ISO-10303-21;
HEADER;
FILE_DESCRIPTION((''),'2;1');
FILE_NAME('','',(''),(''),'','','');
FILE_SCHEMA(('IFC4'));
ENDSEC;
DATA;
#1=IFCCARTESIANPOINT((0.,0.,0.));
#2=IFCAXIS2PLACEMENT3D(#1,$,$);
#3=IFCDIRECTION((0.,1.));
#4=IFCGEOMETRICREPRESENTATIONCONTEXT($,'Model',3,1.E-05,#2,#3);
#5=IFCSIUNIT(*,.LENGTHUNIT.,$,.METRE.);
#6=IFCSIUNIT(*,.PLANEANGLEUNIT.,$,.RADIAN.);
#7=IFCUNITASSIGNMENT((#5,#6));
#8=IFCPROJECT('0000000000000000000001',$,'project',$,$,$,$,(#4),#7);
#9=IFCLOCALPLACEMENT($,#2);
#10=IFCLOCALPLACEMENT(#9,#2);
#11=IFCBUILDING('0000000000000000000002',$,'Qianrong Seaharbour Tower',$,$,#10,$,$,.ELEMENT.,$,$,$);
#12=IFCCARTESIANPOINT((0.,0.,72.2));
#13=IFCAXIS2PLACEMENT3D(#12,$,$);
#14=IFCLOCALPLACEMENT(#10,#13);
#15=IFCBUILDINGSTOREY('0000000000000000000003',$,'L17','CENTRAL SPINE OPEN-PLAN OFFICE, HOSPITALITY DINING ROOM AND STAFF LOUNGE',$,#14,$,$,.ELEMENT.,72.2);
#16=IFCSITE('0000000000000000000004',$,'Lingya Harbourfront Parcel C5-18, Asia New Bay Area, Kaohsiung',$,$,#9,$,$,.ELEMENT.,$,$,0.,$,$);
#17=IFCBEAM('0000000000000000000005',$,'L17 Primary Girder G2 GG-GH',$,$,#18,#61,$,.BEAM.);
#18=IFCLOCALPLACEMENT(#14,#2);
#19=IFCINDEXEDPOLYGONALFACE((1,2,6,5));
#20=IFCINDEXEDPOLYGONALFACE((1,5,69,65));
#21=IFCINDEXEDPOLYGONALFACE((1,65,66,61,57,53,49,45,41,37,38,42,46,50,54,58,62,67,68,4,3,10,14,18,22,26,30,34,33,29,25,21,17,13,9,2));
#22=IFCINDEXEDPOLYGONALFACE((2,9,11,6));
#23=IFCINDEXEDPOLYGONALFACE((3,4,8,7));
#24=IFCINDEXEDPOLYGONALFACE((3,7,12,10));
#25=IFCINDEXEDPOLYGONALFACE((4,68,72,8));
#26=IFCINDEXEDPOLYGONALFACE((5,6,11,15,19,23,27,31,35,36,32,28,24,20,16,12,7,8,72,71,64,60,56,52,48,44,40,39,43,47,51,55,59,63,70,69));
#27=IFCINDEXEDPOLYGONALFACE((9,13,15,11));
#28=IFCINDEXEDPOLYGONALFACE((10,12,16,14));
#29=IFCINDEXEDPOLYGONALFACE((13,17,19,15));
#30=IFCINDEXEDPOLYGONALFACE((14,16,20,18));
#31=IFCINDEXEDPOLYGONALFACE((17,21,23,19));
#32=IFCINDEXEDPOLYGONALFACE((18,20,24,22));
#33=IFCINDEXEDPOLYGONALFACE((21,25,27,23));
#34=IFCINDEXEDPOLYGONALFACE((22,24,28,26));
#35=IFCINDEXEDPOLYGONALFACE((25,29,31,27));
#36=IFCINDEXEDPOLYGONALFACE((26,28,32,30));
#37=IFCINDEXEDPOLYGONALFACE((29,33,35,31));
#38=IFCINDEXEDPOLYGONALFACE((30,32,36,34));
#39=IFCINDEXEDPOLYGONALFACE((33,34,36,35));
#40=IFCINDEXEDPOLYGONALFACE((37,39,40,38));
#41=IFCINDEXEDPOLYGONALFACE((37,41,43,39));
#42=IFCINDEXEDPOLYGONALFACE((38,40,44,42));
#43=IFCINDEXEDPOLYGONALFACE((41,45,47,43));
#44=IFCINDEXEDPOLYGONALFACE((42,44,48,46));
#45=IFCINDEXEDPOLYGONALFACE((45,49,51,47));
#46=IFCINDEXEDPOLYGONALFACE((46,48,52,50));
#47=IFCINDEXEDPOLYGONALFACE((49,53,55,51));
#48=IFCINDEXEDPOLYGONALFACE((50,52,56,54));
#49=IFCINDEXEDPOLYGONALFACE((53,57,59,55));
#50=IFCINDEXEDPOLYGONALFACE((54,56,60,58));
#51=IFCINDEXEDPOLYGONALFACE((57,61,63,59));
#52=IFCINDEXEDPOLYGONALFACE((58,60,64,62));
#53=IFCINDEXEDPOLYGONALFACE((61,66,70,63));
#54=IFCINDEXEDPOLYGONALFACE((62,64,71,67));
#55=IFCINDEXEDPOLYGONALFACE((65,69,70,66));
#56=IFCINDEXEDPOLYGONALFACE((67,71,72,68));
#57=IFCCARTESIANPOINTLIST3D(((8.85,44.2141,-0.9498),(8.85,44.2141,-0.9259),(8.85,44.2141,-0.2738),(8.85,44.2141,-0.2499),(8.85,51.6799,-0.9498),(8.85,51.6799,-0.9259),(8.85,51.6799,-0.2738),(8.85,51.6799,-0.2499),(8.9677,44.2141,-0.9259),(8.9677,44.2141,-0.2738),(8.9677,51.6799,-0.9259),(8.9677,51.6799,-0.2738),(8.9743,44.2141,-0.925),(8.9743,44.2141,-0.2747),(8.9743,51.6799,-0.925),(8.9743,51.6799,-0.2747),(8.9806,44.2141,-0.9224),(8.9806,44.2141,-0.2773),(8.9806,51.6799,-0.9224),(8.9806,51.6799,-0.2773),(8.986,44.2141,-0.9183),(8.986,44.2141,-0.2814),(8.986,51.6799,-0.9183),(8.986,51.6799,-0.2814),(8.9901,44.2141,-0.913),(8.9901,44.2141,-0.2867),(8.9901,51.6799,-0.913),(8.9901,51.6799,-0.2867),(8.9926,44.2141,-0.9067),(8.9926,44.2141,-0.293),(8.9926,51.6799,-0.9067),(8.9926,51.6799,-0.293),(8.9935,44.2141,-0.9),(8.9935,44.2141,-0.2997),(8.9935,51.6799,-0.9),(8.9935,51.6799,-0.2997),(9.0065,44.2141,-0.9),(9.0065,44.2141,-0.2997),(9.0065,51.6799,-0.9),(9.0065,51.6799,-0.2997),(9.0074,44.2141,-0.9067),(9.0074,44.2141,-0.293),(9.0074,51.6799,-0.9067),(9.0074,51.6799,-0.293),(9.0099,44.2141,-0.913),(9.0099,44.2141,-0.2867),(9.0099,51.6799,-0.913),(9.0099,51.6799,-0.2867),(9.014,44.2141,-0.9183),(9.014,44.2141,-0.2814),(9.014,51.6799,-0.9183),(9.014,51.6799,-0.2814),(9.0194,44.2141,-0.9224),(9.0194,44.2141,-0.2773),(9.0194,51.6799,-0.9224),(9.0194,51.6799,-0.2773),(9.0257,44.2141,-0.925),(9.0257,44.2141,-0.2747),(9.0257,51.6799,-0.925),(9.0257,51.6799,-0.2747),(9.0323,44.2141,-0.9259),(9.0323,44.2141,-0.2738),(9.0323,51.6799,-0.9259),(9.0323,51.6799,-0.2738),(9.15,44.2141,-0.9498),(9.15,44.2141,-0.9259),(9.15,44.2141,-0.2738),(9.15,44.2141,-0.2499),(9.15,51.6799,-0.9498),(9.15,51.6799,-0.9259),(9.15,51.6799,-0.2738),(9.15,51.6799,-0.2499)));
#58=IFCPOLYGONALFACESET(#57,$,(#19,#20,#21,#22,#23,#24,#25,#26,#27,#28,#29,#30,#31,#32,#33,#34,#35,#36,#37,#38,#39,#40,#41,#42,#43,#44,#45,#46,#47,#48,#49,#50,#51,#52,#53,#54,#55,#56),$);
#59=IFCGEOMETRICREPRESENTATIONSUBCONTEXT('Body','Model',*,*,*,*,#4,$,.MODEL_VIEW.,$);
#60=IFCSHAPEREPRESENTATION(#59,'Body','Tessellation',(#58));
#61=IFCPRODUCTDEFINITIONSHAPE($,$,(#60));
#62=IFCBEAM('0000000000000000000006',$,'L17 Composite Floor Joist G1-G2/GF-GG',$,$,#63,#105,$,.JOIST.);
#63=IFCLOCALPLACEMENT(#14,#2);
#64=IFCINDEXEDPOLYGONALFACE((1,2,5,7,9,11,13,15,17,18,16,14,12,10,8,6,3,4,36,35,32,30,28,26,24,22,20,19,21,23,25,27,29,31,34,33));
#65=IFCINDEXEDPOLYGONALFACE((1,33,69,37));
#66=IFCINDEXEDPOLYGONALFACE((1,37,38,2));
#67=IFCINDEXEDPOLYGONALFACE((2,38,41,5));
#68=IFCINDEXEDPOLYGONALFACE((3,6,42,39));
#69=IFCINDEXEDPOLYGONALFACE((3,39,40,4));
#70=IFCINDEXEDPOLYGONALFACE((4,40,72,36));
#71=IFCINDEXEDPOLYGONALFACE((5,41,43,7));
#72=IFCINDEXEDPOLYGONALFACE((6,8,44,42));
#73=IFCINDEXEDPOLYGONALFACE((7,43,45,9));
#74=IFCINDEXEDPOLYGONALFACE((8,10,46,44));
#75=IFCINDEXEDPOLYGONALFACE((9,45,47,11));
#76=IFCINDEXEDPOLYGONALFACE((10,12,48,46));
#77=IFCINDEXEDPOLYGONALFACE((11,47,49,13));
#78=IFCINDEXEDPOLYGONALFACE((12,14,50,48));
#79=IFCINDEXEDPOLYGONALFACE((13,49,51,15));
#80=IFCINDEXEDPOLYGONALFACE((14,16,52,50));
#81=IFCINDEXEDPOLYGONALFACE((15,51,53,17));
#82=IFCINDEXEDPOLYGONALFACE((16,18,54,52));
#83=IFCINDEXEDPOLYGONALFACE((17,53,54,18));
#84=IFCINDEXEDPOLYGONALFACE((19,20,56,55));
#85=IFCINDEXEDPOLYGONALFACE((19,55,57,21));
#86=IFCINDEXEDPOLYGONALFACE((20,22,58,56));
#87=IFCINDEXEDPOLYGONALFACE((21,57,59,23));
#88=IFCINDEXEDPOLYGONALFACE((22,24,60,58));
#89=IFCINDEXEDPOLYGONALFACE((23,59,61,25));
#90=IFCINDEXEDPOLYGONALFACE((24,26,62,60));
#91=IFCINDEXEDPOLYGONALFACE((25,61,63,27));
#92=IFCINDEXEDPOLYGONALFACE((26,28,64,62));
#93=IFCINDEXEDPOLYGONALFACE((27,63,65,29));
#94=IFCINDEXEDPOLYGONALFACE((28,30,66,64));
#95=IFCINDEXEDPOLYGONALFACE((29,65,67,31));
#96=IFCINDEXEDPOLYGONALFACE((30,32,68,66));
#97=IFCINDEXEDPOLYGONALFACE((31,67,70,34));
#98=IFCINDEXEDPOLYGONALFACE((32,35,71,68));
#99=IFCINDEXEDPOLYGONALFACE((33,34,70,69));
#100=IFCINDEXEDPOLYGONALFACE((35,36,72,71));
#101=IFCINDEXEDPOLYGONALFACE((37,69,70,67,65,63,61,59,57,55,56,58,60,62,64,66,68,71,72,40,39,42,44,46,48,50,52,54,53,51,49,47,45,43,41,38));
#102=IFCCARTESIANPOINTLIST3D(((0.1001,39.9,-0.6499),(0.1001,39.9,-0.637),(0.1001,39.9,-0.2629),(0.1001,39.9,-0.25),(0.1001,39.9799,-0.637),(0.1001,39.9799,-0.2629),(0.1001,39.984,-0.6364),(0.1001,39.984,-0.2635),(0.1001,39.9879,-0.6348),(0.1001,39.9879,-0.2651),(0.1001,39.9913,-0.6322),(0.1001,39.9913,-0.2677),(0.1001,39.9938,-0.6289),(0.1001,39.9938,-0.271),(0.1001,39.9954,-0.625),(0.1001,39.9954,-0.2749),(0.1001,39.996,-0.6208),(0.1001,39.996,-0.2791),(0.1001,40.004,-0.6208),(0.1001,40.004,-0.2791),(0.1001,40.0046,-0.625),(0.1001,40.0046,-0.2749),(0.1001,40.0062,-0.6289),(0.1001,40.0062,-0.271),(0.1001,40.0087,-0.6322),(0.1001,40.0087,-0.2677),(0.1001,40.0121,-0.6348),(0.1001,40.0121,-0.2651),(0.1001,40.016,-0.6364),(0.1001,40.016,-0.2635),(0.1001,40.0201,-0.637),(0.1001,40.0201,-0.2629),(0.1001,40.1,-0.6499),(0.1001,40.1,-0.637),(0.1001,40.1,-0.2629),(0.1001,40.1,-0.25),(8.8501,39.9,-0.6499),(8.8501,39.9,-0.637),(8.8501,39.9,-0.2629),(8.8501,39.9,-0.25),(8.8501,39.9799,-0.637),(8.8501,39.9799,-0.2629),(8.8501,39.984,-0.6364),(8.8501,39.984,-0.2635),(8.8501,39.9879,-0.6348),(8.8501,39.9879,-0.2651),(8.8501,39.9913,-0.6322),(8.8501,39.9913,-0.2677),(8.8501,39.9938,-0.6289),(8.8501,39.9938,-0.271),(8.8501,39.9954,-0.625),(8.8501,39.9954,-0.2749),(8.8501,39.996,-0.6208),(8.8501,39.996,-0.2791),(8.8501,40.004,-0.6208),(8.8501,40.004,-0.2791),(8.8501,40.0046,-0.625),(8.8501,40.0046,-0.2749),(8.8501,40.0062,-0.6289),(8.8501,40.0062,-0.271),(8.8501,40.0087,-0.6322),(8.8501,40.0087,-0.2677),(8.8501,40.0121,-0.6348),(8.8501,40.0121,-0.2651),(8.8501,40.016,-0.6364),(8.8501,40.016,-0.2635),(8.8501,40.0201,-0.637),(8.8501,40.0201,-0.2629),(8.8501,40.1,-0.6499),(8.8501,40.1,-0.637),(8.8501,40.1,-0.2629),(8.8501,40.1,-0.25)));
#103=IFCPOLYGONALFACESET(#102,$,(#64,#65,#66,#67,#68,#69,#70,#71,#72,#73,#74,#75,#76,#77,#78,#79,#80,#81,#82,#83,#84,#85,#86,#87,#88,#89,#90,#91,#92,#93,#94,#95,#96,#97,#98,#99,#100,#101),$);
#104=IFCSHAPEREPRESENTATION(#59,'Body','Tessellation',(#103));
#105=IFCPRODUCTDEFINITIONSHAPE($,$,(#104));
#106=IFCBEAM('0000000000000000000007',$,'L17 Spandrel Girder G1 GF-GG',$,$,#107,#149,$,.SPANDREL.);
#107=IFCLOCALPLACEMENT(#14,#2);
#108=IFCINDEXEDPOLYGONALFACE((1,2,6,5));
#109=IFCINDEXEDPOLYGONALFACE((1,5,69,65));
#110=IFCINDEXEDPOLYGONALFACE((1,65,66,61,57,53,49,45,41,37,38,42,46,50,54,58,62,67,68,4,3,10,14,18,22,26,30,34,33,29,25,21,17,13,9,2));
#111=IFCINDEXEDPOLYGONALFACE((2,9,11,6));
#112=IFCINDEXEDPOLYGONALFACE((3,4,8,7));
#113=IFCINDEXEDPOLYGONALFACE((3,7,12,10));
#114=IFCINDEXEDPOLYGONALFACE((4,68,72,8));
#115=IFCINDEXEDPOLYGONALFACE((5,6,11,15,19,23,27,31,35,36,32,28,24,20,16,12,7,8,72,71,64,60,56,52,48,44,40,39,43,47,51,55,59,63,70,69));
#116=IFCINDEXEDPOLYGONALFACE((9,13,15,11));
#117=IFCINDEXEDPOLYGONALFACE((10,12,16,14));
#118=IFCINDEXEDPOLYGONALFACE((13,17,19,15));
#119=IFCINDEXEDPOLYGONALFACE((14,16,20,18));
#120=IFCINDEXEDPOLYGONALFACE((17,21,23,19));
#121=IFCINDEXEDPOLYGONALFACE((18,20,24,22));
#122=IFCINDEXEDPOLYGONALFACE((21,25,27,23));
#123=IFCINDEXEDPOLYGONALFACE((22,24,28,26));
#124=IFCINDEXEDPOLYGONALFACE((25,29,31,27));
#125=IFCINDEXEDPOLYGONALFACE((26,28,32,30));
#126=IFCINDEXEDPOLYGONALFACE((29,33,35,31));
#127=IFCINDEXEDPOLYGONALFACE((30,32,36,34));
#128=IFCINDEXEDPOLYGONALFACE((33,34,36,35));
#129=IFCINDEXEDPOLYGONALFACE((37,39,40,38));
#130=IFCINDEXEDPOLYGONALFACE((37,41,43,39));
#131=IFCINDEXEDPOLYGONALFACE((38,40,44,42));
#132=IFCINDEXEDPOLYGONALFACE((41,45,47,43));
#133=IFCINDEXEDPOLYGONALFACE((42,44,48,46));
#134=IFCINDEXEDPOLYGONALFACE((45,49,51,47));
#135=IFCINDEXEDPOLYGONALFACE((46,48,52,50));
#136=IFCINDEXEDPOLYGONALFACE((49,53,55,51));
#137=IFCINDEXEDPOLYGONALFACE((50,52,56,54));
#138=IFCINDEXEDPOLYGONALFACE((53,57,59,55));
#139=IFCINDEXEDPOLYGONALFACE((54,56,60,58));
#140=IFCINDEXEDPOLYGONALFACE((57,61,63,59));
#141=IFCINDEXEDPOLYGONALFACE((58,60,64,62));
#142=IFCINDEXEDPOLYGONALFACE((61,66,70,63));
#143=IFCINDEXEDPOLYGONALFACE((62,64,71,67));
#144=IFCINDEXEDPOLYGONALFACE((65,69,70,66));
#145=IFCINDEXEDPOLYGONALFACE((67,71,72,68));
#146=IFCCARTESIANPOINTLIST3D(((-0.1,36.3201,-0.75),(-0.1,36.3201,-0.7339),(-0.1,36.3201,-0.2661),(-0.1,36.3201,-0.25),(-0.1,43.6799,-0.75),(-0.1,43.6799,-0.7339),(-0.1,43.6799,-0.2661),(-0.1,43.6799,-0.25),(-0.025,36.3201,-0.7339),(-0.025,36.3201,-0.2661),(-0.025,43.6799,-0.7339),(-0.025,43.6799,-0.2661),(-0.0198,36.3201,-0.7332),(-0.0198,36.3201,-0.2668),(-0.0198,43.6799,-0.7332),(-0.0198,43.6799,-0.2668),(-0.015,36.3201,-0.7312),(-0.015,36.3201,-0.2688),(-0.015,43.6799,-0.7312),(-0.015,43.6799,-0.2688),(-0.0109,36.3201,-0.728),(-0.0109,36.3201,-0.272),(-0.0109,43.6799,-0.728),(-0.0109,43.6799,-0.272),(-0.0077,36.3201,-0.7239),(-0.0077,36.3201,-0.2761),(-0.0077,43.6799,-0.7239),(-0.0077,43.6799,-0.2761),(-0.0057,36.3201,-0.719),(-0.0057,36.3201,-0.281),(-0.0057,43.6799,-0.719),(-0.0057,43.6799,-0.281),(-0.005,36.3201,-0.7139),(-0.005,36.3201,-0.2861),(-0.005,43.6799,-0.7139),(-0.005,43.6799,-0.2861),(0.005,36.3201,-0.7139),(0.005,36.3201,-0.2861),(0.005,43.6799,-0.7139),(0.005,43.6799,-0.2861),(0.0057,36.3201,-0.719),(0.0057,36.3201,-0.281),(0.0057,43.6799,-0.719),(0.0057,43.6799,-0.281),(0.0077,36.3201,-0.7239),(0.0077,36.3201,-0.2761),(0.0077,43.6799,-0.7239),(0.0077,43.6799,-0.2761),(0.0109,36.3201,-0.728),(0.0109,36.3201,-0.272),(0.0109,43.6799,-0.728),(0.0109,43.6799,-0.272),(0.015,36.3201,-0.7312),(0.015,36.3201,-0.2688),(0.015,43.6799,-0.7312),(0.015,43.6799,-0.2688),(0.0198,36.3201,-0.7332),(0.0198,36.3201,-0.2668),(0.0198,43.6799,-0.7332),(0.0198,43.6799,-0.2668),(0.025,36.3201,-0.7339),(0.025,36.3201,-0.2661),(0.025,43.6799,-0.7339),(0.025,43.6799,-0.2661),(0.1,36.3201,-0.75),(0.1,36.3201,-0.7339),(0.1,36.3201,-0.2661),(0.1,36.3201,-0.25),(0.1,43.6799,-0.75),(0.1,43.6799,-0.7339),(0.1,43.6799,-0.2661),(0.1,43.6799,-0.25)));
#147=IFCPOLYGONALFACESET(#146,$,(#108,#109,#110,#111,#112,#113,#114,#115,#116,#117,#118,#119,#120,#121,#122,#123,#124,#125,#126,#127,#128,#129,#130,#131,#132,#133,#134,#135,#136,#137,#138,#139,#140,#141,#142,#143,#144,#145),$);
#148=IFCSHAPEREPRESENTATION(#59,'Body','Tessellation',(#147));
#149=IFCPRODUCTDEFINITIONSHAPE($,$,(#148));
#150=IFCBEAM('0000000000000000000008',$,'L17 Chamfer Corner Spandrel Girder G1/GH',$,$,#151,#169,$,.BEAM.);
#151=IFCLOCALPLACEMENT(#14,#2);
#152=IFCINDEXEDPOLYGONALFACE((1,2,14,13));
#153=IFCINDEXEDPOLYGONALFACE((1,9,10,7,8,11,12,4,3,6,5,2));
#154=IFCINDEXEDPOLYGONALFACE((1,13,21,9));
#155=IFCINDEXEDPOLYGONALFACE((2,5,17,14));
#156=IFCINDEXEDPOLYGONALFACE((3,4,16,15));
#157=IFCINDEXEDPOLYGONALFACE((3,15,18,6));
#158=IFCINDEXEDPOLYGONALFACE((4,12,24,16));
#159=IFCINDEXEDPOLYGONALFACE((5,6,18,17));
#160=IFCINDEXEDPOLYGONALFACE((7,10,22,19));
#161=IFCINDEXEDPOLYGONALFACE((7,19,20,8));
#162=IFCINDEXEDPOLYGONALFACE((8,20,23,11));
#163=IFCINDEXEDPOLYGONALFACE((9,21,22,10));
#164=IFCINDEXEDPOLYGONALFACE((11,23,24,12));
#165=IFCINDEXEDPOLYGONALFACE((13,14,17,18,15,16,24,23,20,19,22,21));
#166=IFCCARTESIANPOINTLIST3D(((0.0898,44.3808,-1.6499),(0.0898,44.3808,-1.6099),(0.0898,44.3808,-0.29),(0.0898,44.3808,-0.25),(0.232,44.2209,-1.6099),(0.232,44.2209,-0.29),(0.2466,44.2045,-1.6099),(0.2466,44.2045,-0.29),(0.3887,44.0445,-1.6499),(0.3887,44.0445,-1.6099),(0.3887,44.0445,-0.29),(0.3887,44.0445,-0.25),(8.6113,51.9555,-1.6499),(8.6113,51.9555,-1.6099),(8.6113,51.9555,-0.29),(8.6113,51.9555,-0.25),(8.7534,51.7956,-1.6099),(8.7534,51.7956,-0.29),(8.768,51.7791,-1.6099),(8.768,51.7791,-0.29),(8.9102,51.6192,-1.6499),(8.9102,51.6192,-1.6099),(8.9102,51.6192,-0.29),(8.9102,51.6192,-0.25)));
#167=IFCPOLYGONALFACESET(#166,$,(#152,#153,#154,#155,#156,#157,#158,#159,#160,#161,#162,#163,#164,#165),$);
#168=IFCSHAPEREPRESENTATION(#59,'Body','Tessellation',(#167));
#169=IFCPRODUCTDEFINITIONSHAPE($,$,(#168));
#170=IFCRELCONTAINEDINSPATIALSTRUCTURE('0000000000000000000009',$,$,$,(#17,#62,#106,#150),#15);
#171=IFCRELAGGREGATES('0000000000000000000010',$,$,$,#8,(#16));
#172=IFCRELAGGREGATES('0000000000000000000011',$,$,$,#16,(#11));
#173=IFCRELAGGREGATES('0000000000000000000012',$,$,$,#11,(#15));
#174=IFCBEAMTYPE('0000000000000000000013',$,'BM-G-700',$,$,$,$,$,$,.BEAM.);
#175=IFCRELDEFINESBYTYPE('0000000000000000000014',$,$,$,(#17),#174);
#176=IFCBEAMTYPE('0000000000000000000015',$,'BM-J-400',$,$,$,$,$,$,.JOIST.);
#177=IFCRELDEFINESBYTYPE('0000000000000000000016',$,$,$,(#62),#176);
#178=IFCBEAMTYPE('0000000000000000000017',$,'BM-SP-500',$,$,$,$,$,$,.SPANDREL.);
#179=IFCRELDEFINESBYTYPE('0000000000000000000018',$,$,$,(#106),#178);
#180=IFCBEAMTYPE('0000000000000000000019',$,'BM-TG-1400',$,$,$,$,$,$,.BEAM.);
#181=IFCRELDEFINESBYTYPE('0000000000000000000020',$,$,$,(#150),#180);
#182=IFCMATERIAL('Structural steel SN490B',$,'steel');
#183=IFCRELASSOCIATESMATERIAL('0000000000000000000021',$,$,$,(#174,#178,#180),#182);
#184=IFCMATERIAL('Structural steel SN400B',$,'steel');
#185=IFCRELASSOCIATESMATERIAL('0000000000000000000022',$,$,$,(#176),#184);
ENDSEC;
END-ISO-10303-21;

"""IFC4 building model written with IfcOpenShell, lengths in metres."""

from ifc_helpers import new_model, si_unit, direction, frame, origin, origin_2d, place, context, subcontext, project, spatial, i_section, extrude, material, material_profile, profile_set, type_object, element, save


model = new_model("IFC4")

# Units and contexts
model_context = context("Model", 3, precision=1e-05, world=origin(), true_north=direction((0.0, 1.0)))
body_context = subcontext(model_context, "Body", "Model", "MODEL_VIEW")
ifc_project = project(units=[si_unit("LENGTHUNIT", "METRE"), si_unit("PLANEANGLEUNIT", "RADIAN")], contexts=[model_context])

# Site, building, storey
site_placement = place(None, origin())
site = spatial("IfcSite", under=ifc_project, at=site_placement, Name="Lingya Harbourfront Parcel C5-18, Asia New Bay Area, Kaohsiung", CompositionType="ELEMENT", RefElevation=0.0)
building_placement = place(site_placement, origin())
building = spatial("IfcBuilding", under=site, at=building_placement, Name="Qianrong Seaharbour Tower", CompositionType="ELEMENT")
storey_placement = place(building_placement, frame((0.0, 0.0, 72.2)))
storey = spatial("IfcBuildingStorey", under=building, at=storey_placement, Name="L17", Description="CENTRAL SPINE OPEN-PLAN OFFICE, HOSPITALITY DINING ROOM AND STAFF LOUNGE", CompositionType="ELEMENT", Elevation=72.2)

# Shared definitions
ifc_material_1 = material(Name="Structural steel SN490B", Category="steel")

# Beams
ifc_material_profile_1 = material_profile(ifc_material_1, i_section(OverallWidth=0.3, OverallDepth=0.7, WebThickness=0.0129, FlangeThickness=0.0239, FilletRadius=0.0259, at=origin_2d()), Name="H700x300x13x24")
ifc_profile_set_1 = profile_set([ifc_material_profile_1], Name="Structural steel SN490B")
beam_type_1 = type_object("IfcBeamType", Name="BM-G-700", PredefinedType="BEAM", material=ifc_profile_set_1)
for number, where, z_axis, x_axis, name in (
    (1, (9.0, 44.2141, -0.5999), (0.0, 1.0, 0.0), (-1.0, 0.0, 0.0), "L17 Primary Girder G2 GG-GH"),
):
    element("IfcBeam", number, at=place(storey_placement, frame(where, z_axis=z_axis, x_axis=x_axis)), inside=storey, type_object=beam_type_1, Name=name, PredefinedType="BEAM", context=body_context, shape_type="SweptSolid", body=[
        extrude(i_section(OverallWidth=0.3, OverallDepth=0.7, WebThickness=0.0129, FlangeThickness=0.0239, FilletRadius=0.0259, at=origin_2d()), origin(), (0.0, 0.0, 1.0), 7.4658),
    ])
ifc_material_2 = material(Name="Structural steel SN400B", Category="steel")
ifc_material_profile_2 = material_profile(ifc_material_2, i_section(OverallWidth=0.2, OverallDepth=0.3999, WebThickness=0.0081, FlangeThickness=0.0129, FilletRadius=0.0161, at=origin_2d()), Name="H400x200x8x13")
ifc_profile_set_2 = profile_set([ifc_material_profile_2], Name="Structural steel SN400B")
beam_type_2 = type_object("IfcBeamType", Name="BM-J-400", PredefinedType="JOIST", material=ifc_profile_set_2)
beam_1_placement = place(storey_placement, frame((0.1001, 40.0, -0.45), z_axis=(1.0, 0.0, 0.0), x_axis=(0.0, 1.0, 0.0)))
element("IfcBeam", 2, at=beam_1_placement, inside=storey, type_object=beam_type_2, Name="L17 Composite Floor Joist G1-G2/GF-GG", PredefinedType="JOIST", context=body_context, shape_type="SweptSolid", body=[
    extrude(i_section(OverallWidth=0.2, OverallDepth=0.3999, WebThickness=0.0081, FlangeThickness=0.0129, FilletRadius=0.0161, at=origin_2d()), origin(), (0.0, 0.0, 1.0), 8.75),
])
ifc_material_profile_3 = material_profile(ifc_material_1, i_section(OverallWidth=0.2, OverallDepth=0.5, WebThickness=0.01, FlangeThickness=0.0161, FilletRadius=0.02, at=origin_2d()), Name="H500x200x10x16")
ifc_profile_set_3 = profile_set([ifc_material_profile_3], Name="Structural steel SN490B")
beam_type_3 = type_object("IfcBeamType", Name="BM-SP-500", PredefinedType="SPANDREL", material=ifc_profile_set_3)
beam_2_placement = place(storey_placement, frame((0.0, 36.3201, -0.5), z_axis=(0.0, 1.0, 0.0), x_axis=(-1.0, 0.0, 0.0)))
element("IfcBeam", 3, at=beam_2_placement, inside=storey, type_object=beam_type_3, Name="L17 Spandrel Girder G1 GF-GG", PredefinedType="SPANDREL", context=body_context, shape_type="SweptSolid", body=[
    extrude(i_section(OverallWidth=0.2, OverallDepth=0.5, WebThickness=0.01, FlangeThickness=0.0161, FilletRadius=0.02, at=origin_2d()), origin(), (0.0, 0.0, 1.0), 7.3599),
])
ifc_material_profile_4 = material_profile(ifc_material_1, i_section(OverallWidth=0.45, OverallDepth=1.3999, WebThickness=0.022, FlangeThickness=0.04, at=origin_2d()), Name="BH1400x450x22x40")
ifc_profile_set_4 = profile_set([ifc_material_profile_4], Name="Structural steel SN490B")
beam_type_4 = type_object("IfcBeamType", Name="BM-TG-1400", PredefinedType="BEAM", material=ifc_profile_set_4)
beam_3_placement = place(storey_placement, frame((8.7607, 51.7874, -0.95), z_axis=(-0.747407, -0.664366, 0.0), x_axis=(0.664366, -0.747407, 0.0)))
element("IfcBeam", 4, at=beam_3_placement, inside=storey, type_object=beam_type_4, Name="L17 Chamfer Corner Spandrel Girder G1/GH", PredefinedType="BEAM", context=body_context, shape_type="SweptSolid", body=[
    extrude(i_section(OverallWidth=0.45, OverallDepth=1.3999, WebThickness=0.022, FlangeThickness=0.04, at=origin_2d()), origin(), (0.0, 0.0, 1.0), 11.4014),
])

save(model, "model.ifc")
